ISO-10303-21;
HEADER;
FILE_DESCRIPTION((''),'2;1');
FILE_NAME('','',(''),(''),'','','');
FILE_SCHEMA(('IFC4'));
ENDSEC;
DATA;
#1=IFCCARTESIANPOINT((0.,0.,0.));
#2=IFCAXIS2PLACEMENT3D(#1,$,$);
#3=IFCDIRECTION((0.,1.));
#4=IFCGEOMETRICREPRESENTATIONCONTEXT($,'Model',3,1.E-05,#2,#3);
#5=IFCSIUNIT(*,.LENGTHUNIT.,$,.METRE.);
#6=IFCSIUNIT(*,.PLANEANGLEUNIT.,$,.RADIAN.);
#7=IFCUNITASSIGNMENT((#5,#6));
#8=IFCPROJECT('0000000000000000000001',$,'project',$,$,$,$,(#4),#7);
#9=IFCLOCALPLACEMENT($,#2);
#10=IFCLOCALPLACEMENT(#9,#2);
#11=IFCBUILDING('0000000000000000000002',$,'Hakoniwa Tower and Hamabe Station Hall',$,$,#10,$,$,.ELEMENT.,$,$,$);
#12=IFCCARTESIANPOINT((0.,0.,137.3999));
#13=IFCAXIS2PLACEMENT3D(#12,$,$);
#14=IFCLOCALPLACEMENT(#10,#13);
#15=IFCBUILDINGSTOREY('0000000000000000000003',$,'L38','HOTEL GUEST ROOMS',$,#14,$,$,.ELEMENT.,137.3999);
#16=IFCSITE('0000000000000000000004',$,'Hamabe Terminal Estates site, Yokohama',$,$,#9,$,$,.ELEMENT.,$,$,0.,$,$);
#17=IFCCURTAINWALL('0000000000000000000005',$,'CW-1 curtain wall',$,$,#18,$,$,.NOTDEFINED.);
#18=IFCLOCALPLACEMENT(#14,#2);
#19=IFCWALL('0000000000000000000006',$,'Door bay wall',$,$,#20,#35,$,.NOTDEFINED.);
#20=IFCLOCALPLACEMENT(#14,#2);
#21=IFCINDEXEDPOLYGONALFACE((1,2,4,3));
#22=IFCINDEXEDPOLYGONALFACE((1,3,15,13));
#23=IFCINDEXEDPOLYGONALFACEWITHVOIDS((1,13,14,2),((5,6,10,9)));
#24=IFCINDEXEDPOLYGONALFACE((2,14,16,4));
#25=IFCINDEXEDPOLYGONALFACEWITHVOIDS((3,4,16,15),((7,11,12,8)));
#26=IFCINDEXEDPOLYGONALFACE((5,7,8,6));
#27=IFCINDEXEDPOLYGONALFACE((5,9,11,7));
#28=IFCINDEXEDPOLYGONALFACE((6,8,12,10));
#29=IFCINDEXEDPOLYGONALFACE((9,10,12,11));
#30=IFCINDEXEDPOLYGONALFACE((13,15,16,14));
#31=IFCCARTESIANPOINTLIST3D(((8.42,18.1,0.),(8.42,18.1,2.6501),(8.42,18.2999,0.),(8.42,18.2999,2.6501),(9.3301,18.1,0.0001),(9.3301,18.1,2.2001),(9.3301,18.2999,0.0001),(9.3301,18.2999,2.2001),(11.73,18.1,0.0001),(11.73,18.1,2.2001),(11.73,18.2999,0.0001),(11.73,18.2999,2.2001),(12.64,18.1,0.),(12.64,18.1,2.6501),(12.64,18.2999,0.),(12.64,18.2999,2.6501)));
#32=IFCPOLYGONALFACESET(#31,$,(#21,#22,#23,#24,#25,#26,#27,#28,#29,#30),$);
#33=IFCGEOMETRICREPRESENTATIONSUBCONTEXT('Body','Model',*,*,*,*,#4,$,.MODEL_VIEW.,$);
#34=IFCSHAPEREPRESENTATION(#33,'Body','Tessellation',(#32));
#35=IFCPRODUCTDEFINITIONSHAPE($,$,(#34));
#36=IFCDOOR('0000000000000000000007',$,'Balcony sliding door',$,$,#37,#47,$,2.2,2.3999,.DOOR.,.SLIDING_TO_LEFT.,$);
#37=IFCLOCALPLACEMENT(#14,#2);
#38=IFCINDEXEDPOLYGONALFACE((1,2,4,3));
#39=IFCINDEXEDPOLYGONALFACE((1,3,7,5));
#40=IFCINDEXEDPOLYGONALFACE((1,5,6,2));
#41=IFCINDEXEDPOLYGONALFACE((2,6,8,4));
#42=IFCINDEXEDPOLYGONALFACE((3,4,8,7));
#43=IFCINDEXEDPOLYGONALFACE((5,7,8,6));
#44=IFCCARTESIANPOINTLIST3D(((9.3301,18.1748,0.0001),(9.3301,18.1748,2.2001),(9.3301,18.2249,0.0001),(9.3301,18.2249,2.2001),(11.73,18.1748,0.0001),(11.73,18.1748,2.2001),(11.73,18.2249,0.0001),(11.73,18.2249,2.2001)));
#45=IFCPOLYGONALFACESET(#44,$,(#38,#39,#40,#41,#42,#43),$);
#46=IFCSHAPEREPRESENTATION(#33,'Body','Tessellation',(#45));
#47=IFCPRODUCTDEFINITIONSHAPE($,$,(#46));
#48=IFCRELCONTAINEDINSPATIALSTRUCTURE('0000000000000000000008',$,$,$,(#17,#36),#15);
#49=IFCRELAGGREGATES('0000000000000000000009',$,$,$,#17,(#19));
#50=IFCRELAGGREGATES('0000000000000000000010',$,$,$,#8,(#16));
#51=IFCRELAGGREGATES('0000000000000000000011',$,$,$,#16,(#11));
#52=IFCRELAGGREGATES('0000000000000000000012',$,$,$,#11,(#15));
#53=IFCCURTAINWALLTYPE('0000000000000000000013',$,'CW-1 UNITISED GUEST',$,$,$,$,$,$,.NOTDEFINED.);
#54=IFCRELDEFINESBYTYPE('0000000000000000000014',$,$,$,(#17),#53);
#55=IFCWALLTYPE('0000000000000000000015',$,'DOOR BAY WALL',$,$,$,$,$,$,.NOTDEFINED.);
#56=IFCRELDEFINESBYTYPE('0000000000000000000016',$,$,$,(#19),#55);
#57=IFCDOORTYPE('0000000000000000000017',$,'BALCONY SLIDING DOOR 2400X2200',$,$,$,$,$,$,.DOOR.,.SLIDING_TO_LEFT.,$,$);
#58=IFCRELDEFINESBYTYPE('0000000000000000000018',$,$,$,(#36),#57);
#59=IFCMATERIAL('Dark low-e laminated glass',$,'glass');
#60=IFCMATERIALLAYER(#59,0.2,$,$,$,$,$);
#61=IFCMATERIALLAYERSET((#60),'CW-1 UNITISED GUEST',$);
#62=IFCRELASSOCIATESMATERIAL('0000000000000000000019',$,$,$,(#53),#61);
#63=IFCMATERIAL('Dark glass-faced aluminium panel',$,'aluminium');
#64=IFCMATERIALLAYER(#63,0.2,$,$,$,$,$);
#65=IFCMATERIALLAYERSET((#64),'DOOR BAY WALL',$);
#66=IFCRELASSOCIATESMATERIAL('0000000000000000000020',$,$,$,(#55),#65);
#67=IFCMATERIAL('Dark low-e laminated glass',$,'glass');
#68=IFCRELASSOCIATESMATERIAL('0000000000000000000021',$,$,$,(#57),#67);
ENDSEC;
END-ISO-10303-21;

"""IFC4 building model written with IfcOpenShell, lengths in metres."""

from ifc_helpers import new_model, si_unit, direction, frame, frame_2d, origin, place, context, subcontext, project, spatial, rectangle, extrude, material, layer, layer_set, type_object, element, fill, aggregate, save


model = new_model("IFC4")

# Units and contexts
model_context = context("Model", 3, precision=1e-05, world=origin(), true_north=direction((0.0, 1.0)))
body_context = subcontext(model_context, "Body", "Model", "MODEL_VIEW")
ifc_project = project(units=[si_unit("LENGTHUNIT", "METRE"), si_unit("PLANEANGLEUNIT", "RADIAN")], contexts=[model_context])

# Site, building, storey
site_placement = place(None, origin())
site = spatial("IfcSite", under=ifc_project, at=site_placement, Name="Hamabe Terminal Estates site, Yokohama", CompositionType="ELEMENT", RefElevation=0.0)
building_placement = place(site_placement, origin())
building = spatial("IfcBuilding", under=site, at=building_placement, Name="Hakoniwa Tower and Hamabe Station Hall", CompositionType="ELEMENT")
storey_placement = place(building_placement, frame((0.0, 0.0, 137.3999)))
storey = spatial("IfcBuildingStorey", under=building, at=storey_placement, Name="L38", Description="HOTEL GUEST ROOMS", CompositionType="ELEMENT", Elevation=137.3999)

# Curtain wall
ifc_material_1 = material(Name="Dark low-e laminated glass", Category="glass")
ifc_layer_1 = layer(ifc_material_1, 0.2)
ifc_layer_set_1 = layer_set([ifc_layer_1], Name="CW-1 UNITISED GUEST")
curtain_wall_type = type_object("IfcCurtainWallType", Name="CW-1 UNITISED GUEST", PredefinedType="NOTDEFINED", material=ifc_layer_set_1)
curtain_wall_placement = place(storey_placement, origin())
curtain_wall = element("IfcCurtainWall", 1, at=curtain_wall_placement, inside=storey, type_object=curtain_wall_type, Name="CW-1 curtain wall", PredefinedType="NOTDEFINED")

# Wall, opening, door
ifc_material_2 = material(Name="Dark glass-faced aluminium panel", Category="aluminium")
ifc_layer_2 = layer(ifc_material_2, 0.2)
ifc_layer_set_2 = layer_set([ifc_layer_2], Name="DOOR BAY WALL")
wall_type_1 = type_object("IfcWallType", Name="DOOR BAY WALL", PredefinedType="NOTDEFINED", material=ifc_layer_set_2)
ifc_material_3 = material(Name="Dark low-e laminated glass", Category="glass")
door_type_1 = type_object("IfcDoorType", Name="BALCONY SLIDING DOOR 2400X2200", OperationType="SLIDING_TO_LEFT", PredefinedType="DOOR", material=ifc_material_3)
wall_1_placement = place(storey_placement, frame((12.6399, 18.2, 0.0), z_axis=(0.0, 0.0, 1.0), x_axis=(-1.0, 0.0, 0.0)))
wall_1 = element("IfcWall", 2, at=wall_1_placement, type_object=wall_type_1, Name="Door bay wall", PredefinedType="NOTDEFINED", context=body_context, shape_type="SweptSolid", body=[
    extrude(rectangle(XDim=4.22, YDim=0.2, at=frame_2d((2.1099, 0.0))), origin(), (0.0, 0.0, 1.0), 2.6501),
])
opening_1_placement = place(wall_1_placement, frame((0.9099, 0.0, 0.0)))
opening_1 = element("IfcOpeningElement", 3, at=opening_1_placement, cuts=wall_1, PredefinedType="OPENING", context=body_context, shape_type="SweptSolid", body=[
    extrude(rectangle(XDim=2.3999, YDim=2.2, at=frame_2d((1.2, 1.1001))), frame((0.0, 0.1099, 0.0), z_axis=(0.0, -1.0, 0.0), x_axis=(1.0, 0.0, 0.0)), (0.0, 0.0, 1.0), 0.22),
])
door_1_placement = place(opening_1_placement, frame((2.3999, 0.0, 0.0), z_axis=(0.0, 0.0, 1.0), x_axis=(-1.0, 0.0, 0.0)))
door_1 = element("IfcDoor", 4, at=door_1_placement, inside=storey, type_object=door_type_1, Name="Balcony sliding door", OperationType="SLIDING_TO_LEFT", OverallHeight=2.2, OverallWidth=2.3999, PredefinedType="DOOR", context=body_context, shape_type="SweptSolid", body=[
    extrude(rectangle(XDim=2.3999, YDim=2.2, at=frame_2d((1.2, 1.1001))), frame((0.0, 0.0249, 0.0), z_axis=(0.0, -1.0, 0.0), x_axis=(1.0, 0.0, 0.0)), (0.0, 0.0, 1.0), 0.05),
])
fill(opening_1, door_1)
aggregate(curtain_wall, [wall_1])

save(model, "model.ifc")
